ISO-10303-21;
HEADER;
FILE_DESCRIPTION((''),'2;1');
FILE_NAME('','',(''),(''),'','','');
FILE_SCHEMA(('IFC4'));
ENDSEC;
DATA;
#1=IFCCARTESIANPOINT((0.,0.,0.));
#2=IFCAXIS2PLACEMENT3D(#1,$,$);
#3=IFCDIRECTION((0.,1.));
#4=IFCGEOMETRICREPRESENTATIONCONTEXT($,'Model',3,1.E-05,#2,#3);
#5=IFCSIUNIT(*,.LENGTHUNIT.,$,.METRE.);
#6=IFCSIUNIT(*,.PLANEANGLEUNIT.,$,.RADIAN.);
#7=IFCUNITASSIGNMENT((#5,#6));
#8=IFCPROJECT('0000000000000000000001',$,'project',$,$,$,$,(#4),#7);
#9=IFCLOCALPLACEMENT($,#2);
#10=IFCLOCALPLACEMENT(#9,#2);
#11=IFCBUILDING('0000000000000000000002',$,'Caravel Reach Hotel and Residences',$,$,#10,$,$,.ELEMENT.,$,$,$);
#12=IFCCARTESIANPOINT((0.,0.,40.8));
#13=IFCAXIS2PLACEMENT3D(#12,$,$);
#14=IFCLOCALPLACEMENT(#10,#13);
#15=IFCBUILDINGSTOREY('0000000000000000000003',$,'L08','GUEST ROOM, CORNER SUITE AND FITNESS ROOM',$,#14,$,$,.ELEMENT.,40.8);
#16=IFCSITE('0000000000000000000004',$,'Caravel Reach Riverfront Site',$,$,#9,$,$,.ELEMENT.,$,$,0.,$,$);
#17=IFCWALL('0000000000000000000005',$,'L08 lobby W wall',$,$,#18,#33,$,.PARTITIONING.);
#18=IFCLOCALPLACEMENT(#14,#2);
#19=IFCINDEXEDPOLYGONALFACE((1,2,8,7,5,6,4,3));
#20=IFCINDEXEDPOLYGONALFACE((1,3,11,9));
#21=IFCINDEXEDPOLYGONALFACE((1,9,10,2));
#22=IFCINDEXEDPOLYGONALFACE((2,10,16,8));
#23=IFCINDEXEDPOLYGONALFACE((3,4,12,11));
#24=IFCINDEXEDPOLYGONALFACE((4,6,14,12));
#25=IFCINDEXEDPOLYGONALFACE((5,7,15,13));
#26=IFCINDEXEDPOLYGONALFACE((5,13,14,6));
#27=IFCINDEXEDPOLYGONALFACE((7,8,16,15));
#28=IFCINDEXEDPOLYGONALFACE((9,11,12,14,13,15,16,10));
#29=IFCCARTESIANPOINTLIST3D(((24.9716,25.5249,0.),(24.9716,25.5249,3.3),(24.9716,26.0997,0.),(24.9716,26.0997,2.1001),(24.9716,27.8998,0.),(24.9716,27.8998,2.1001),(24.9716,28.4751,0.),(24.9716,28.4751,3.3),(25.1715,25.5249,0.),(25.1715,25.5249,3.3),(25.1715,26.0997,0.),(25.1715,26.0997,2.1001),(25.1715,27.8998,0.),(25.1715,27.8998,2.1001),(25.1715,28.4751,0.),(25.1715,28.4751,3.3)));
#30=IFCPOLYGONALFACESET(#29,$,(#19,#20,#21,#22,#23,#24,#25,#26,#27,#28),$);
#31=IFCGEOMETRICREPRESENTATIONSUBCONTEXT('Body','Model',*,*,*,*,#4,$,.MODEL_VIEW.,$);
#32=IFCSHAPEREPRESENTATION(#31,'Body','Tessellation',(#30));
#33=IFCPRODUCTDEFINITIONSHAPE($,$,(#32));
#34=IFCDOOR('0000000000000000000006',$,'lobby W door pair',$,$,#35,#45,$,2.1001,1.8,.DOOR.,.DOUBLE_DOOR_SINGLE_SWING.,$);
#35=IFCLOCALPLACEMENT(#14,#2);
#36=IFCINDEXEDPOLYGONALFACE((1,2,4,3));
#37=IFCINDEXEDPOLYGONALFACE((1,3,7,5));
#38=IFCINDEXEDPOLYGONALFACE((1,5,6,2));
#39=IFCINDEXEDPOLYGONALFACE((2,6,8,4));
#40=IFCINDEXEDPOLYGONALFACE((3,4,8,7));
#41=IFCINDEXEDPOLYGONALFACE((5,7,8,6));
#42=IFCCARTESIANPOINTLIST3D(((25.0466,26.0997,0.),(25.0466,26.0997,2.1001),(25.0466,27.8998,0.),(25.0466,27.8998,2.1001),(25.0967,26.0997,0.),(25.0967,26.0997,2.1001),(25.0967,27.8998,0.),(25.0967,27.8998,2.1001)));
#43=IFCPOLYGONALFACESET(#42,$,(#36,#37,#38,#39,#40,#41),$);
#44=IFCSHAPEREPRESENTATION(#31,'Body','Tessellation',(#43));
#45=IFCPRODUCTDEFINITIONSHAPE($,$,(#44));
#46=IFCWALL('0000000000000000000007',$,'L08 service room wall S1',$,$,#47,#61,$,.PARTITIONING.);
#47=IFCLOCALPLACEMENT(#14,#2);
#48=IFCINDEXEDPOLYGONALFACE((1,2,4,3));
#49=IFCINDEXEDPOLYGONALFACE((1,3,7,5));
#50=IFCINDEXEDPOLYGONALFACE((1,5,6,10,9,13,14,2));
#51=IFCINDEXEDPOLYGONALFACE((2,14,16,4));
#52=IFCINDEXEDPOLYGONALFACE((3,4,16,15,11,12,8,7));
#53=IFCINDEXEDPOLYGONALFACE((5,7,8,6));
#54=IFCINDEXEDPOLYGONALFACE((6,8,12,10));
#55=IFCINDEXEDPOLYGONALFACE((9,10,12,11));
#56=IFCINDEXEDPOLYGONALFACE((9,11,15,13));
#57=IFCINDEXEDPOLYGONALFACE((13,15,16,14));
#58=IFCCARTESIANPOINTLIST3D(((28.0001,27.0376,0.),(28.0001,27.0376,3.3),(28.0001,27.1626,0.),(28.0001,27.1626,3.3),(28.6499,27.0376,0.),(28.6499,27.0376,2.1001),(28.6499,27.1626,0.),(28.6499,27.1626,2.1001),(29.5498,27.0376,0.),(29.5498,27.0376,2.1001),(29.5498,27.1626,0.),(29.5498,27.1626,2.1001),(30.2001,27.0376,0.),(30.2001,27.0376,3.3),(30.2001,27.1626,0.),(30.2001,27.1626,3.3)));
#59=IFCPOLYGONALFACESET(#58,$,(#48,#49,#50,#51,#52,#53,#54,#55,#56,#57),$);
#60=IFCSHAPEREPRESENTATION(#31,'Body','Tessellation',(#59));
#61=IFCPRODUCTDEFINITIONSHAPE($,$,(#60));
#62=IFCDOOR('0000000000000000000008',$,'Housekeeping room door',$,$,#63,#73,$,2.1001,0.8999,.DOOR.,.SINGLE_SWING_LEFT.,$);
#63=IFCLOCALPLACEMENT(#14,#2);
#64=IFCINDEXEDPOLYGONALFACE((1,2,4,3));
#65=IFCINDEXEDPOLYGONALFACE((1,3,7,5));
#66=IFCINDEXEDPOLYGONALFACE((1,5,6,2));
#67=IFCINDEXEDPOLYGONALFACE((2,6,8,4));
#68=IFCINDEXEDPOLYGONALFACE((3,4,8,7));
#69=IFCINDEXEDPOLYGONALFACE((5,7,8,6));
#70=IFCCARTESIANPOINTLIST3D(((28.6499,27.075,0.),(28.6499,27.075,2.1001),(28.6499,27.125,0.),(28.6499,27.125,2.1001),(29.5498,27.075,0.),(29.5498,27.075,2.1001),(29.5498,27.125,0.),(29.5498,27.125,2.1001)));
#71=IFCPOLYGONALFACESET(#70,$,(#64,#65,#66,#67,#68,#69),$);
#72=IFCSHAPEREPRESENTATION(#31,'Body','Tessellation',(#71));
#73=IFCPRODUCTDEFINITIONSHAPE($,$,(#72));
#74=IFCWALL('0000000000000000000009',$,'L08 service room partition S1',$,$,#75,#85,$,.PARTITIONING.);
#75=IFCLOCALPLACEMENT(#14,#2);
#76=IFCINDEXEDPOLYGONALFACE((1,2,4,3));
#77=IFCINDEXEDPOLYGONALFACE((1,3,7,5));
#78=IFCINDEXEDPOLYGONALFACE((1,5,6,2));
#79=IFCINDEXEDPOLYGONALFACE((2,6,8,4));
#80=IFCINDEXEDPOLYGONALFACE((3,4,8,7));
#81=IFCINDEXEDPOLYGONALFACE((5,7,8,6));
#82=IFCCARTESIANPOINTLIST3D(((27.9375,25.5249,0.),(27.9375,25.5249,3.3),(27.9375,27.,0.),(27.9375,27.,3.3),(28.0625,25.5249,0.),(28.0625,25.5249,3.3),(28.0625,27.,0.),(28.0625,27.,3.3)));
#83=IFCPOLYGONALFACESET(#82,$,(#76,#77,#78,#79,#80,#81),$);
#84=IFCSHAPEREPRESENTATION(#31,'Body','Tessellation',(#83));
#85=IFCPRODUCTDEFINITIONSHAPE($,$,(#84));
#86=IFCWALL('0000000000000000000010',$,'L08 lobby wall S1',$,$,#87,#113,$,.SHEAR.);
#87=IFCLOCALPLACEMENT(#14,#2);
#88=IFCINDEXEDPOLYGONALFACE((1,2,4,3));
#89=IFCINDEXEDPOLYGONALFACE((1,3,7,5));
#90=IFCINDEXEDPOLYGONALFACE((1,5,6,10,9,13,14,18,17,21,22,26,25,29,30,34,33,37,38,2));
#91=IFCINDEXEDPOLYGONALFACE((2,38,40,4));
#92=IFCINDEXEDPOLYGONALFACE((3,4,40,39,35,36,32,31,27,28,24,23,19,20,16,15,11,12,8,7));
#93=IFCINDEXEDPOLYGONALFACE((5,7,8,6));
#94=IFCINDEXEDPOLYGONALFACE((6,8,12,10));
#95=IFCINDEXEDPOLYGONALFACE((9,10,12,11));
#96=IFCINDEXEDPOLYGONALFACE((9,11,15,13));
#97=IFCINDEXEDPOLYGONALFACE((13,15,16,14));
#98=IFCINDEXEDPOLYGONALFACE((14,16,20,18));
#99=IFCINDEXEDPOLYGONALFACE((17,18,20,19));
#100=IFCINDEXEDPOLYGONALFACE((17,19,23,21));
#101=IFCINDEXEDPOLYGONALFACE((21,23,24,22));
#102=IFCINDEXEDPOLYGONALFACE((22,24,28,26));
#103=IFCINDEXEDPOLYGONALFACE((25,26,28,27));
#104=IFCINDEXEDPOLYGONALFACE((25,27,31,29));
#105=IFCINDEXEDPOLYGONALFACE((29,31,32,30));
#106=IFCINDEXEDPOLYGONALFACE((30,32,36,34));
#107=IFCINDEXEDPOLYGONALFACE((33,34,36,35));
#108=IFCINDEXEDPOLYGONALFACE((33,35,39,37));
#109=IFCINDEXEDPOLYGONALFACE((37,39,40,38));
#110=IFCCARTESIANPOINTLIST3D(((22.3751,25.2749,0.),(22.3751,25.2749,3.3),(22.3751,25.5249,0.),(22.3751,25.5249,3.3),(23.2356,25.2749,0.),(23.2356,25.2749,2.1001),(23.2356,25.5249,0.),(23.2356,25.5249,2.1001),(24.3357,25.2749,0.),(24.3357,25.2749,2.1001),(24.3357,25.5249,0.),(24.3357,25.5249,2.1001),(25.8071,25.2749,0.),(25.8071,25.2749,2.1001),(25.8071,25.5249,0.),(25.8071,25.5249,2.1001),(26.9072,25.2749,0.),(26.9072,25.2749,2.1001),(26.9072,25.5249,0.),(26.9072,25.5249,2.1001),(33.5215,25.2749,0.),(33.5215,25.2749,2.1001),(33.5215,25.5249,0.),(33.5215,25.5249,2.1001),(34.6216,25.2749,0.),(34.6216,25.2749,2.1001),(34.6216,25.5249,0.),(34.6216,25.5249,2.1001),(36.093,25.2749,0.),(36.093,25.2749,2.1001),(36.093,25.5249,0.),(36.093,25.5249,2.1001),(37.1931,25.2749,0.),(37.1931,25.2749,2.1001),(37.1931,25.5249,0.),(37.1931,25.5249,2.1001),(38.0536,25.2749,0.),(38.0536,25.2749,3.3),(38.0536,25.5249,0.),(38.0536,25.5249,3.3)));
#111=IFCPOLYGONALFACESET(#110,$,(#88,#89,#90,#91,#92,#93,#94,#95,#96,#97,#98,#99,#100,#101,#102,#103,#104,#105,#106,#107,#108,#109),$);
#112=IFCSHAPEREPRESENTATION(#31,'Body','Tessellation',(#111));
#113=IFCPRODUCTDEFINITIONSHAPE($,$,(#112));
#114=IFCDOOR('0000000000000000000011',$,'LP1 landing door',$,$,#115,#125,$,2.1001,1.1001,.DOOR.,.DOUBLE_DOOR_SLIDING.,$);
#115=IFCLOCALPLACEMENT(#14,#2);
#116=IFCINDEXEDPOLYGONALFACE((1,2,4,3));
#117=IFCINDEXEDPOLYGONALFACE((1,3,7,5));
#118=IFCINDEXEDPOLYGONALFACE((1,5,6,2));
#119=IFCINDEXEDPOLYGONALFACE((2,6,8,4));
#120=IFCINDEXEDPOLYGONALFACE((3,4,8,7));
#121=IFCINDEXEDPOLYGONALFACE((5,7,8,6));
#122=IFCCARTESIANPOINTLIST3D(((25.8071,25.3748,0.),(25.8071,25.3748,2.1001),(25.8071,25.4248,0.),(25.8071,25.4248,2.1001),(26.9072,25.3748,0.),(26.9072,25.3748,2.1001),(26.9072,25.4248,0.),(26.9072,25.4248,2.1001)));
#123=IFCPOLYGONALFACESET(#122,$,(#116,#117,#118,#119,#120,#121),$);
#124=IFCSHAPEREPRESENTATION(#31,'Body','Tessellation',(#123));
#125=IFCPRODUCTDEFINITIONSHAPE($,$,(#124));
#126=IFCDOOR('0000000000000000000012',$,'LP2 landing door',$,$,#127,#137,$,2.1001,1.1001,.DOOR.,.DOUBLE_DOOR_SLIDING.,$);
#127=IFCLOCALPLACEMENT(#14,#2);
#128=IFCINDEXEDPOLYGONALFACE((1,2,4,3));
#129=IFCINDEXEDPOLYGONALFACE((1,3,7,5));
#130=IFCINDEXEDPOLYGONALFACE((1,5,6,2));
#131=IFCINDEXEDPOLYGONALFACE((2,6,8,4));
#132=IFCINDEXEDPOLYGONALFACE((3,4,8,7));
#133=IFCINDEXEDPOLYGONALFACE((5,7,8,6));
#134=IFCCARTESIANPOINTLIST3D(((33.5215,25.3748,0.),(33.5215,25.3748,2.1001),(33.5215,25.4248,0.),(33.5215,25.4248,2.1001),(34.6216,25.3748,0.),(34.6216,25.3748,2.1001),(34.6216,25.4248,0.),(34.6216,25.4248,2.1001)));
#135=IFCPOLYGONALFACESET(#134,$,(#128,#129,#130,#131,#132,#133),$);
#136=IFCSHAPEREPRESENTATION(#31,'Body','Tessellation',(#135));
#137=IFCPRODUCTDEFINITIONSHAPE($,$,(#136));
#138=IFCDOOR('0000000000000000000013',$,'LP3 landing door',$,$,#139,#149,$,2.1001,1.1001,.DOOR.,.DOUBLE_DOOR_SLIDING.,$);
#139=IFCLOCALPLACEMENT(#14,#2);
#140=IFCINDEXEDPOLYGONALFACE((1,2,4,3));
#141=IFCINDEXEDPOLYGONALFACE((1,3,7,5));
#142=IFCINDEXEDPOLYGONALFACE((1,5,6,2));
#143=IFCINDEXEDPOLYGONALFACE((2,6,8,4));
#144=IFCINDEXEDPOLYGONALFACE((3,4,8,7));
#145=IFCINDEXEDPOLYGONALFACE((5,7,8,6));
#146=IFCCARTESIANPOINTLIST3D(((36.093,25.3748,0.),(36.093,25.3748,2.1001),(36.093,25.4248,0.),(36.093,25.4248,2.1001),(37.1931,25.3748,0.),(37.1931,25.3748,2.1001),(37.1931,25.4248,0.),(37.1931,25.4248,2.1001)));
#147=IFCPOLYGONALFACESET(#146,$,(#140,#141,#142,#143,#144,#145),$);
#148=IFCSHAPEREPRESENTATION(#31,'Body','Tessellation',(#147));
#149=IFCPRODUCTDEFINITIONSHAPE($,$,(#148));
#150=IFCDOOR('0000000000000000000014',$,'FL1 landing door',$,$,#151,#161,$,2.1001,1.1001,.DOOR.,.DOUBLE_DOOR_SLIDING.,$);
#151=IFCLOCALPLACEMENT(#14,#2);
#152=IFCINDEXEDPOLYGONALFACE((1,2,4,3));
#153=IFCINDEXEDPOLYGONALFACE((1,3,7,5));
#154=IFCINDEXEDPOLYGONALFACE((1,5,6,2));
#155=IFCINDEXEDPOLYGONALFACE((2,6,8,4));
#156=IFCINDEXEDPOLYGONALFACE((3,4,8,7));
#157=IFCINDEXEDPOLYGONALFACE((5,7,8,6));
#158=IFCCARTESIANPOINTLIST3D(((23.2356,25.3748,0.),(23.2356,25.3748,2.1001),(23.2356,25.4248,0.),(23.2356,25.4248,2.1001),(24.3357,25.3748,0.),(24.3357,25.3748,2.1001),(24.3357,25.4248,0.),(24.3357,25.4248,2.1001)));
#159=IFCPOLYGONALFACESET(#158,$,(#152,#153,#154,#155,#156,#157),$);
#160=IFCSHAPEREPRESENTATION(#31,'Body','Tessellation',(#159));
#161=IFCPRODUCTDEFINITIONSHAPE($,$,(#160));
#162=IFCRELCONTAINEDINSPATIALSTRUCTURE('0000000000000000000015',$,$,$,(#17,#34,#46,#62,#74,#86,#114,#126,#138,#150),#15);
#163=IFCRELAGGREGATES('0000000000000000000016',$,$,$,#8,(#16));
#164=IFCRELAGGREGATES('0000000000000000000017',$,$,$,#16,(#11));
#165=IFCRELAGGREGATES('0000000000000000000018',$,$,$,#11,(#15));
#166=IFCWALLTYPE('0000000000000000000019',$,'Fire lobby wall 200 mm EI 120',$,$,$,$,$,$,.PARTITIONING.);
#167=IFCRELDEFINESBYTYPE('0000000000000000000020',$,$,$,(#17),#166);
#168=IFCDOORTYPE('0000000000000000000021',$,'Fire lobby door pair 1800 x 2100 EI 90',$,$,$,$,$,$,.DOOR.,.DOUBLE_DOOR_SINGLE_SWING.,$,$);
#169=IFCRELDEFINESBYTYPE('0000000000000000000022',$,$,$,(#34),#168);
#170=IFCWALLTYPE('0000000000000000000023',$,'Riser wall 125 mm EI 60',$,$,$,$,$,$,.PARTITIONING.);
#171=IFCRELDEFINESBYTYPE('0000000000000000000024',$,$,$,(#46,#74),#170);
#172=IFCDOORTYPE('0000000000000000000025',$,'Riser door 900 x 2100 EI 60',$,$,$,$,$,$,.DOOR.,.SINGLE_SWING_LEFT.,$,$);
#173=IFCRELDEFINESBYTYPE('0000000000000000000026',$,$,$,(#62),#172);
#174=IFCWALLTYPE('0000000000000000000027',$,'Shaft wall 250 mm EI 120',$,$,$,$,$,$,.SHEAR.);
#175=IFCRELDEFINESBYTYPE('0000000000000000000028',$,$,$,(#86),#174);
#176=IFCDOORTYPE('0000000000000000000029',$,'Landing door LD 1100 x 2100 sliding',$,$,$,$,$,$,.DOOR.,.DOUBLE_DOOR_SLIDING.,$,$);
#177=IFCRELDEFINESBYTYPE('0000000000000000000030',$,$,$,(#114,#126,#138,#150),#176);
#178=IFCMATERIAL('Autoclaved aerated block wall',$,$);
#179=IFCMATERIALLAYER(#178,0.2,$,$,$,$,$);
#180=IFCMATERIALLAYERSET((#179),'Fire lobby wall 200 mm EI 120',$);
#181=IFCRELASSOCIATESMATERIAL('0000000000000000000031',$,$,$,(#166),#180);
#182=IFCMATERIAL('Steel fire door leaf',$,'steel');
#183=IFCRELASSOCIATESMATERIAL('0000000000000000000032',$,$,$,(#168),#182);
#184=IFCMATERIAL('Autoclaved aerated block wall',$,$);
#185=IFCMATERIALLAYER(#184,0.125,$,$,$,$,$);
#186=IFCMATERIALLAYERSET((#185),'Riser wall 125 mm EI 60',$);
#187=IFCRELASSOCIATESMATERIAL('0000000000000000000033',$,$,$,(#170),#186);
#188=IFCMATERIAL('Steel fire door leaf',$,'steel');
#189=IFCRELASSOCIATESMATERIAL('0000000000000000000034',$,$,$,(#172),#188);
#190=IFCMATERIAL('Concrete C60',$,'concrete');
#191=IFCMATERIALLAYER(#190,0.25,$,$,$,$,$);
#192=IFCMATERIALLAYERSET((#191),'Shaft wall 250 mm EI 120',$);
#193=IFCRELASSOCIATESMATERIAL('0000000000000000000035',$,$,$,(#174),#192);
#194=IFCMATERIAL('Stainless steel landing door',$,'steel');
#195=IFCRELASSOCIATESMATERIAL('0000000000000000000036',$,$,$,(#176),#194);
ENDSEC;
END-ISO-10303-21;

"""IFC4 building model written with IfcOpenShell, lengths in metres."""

from ifc_helpers import new_model, si_unit, direction, frame, frame_2d, origin, place, context, subcontext, project, spatial, rectangle, extrude, material, layer, layer_set, type_object, element, fill, save


model = new_model("IFC4")

# Units and contexts
model_context = context("Model", 3, precision=1e-05, world=origin(), true_north=direction((0.0, 1.0)))
body_context = subcontext(model_context, "Body", "Model", "MODEL_VIEW")
ifc_project = project(units=[si_unit("LENGTHUNIT", "METRE"), si_unit("PLANEANGLEUNIT", "RADIAN")], contexts=[model_context])

# Site, building, storey
site_placement = place(None, origin())
site = spatial("IfcSite", under=ifc_project, at=site_placement, Name="Caravel Reach Riverfront Site", CompositionType="ELEMENT", RefElevation=0.0)
building_placement = place(site_placement, origin())
building = spatial("IfcBuilding", under=site, at=building_placement, Name="Caravel Reach Hotel and Residences", CompositionType="ELEMENT")
storey_placement = place(building_placement, frame((0.0, 0.0, 40.8)))
storey = spatial("IfcBuildingStorey", under=building, at=storey_placement, Name="L08", Description="GUEST ROOM, CORNER SUITE AND FITNESS ROOM", CompositionType="ELEMENT", Elevation=40.8)

# Walls, openings, doors
ifc_material_1 = material(Name="Autoclaved aerated block wall")
ifc_layer_1 = layer(ifc_material_1, 0.2)
ifc_layer_set_1 = layer_set([ifc_layer_1], Name="Fire lobby wall 200 mm EI 120")
wall_type_1 = type_object("IfcWallType", Name="Fire lobby wall 200 mm EI 120", PredefinedType="PARTITIONING", material=ifc_layer_set_1)
wall_1_placement = place(storey_placement, frame((25.0715, 25.5249, 0.0), z_axis=(0.0, 0.0, 1.0), x_axis=(0.0, 1.0, 0.0)))
wall_1 = element("IfcWall", 1, at=wall_1_placement, inside=storey, type_object=wall_type_1, Name="L08 lobby W wall", PredefinedType="PARTITIONING", context=body_context, shape_type="SweptSolid", body=[
    extrude(rectangle(XDim=2.9502, YDim=0.2, at=frame_2d((1.4751, 0.0))), origin(), (0.0, 0.0, 1.0), 3.3),
])
opening_1_placement = place(wall_1_placement, frame((0.575, 0.0, 0.0)))
opening_1 = element("IfcOpeningElement", 2, at=opening_1_placement, cuts=wall_1, PredefinedType="OPENING", context=body_context, shape_type="SweptSolid", body=[
    extrude(rectangle(XDim=1.8, YDim=2.1001, at=frame_2d((0.8999, 1.05))), frame((0.0, 0.1099, 0.0), z_axis=(0.0, -1.0, 0.0), x_axis=(1.0, 0.0, 0.0)), (0.0, 0.0, 1.0), 0.22),
])
ifc_material_2 = material(Name="Steel fire door leaf", Category="steel")
door_type_1 = type_object("IfcDoorType", Name="Fire lobby door pair 1800 x 2100 EI 90", OperationType="DOUBLE_DOOR_SINGLE_SWING", PredefinedType="DOOR", material=ifc_material_2)
door_1_placement = place(opening_1_placement, origin())
door_1 = element("IfcDoor", 3, at=door_1_placement, inside=storey, type_object=door_type_1, Name="lobby W door pair", OperationType="DOUBLE_DOOR_SINGLE_SWING", OverallHeight=2.1001, OverallWidth=1.8, PredefinedType="DOOR", context=body_context, shape_type="SweptSolid", body=[
    extrude(rectangle(XDim=1.8, YDim=2.1001, at=frame_2d((0.8999, 1.05))), frame((0.0, 0.0249, 0.0), z_axis=(0.0, -1.0, 0.0), x_axis=(1.0, 0.0, 0.0)), (0.0, 0.0, 1.0), 0.05),
])
fill(opening_1, door_1)
ifc_material_3 = material(Name="Autoclaved aerated block wall")
ifc_layer_2 = layer(ifc_material_3, 0.125)
ifc_layer_set_2 = layer_set([ifc_layer_2], Name="Riser wall 125 mm EI 60")
wall_type_2 = type_object("IfcWallType", Name="Riser wall 125 mm EI 60", PredefinedType="PARTITIONING", material=ifc_layer_set_2)
wall_2_placement = place(storey_placement, frame((28.0, 27.1001, 0.0), z_axis=(0.0, 0.0, 1.0), x_axis=(1.0, 0.0, 0.0)))
wall_2 = element("IfcWall", 4, at=wall_2_placement, inside=storey, type_object=wall_type_2, Name="L08 service room wall S1", PredefinedType="PARTITIONING", context=body_context, shape_type="SweptSolid", body=[
    extrude(rectangle(XDim=2.2, YDim=0.125, at=frame_2d((1.1001, 0.0))), origin(), (0.0, 0.0, 1.0), 3.3),
])
opening_2_placement = place(wall_2_placement, frame((0.6499, 0.0, 0.0)))
opening_2 = element("IfcOpeningElement", 5, at=opening_2_placement, cuts=wall_2, PredefinedType="OPENING", context=body_context, shape_type="SweptSolid", body=[
    extrude(rectangle(XDim=0.8999, YDim=2.1001, at=frame_2d((0.45, 1.05))), frame((0.0, 0.0725, 0.0), z_axis=(0.0, -1.0, 0.0), x_axis=(1.0, 0.0, 0.0)), (0.0, 0.0, 1.0), 0.145),
])
ifc_material_4 = material(Name="Steel fire door leaf", Category="steel")
door_type_2 = type_object("IfcDoorType", Name="Riser door 900 x 2100 EI 60", OperationType="SINGLE_SWING_LEFT", PredefinedType="DOOR", material=ifc_material_4)
door_2_placement = place(opening_2_placement, origin())
door_2 = element("IfcDoor", 6, at=door_2_placement, inside=storey, type_object=door_type_2, Name="Housekeeping room door", OperationType="SINGLE_SWING_LEFT", OverallHeight=2.1001, OverallWidth=0.8999, PredefinedType="DOOR", context=body_context, shape_type="SweptSolid", body=[
    extrude(rectangle(XDim=0.8999, YDim=2.1001, at=frame_2d((0.45, 1.05))), frame((0.0, 0.0249, 0.0), z_axis=(0.0, -1.0, 0.0), x_axis=(1.0, 0.0, 0.0)), (0.0, 0.0, 1.0), 0.05),
])
fill(opening_2, door_2)

# Wall
wall_3_placement = place(storey_placement, frame((28.0, 25.5249, 0.0), z_axis=(0.0, 0.0, 1.0), x_axis=(0.0, 1.0, 0.0)))
element("IfcWall", 7, at=wall_3_placement, inside=storey, type_object=wall_type_2, Name="L08 service room partition S1", PredefinedType="PARTITIONING", context=body_context, shape_type="SweptSolid", body=[
    extrude(rectangle(XDim=1.4751, YDim=0.125, at=frame_2d((0.7375, 0.0))), origin(), (0.0, 0.0, 1.0), 3.3),
])

# Wall, openings, doors
ifc_material_5 = material(Name="Concrete C60", Category="concrete")
ifc_layer_3 = layer(ifc_material_5, 0.25)
ifc_layer_set_3 = layer_set([ifc_layer_3], Name="Shaft wall 250 mm EI 120")
wall_type_3 = type_object("IfcWallType", Name="Shaft wall 250 mm EI 120", PredefinedType="SHEAR", material=ifc_layer_set_3)
wall_4_placement = place(storey_placement, frame((22.375, 25.3999, 0.0), z_axis=(0.0, 0.0, 1.0), x_axis=(1.0, 0.0, 0.0)))
wall_4 = element("IfcWall", 8, at=wall_4_placement, inside=storey, type_object=wall_type_3, Name="L08 lobby wall S1", PredefinedType="SHEAR", context=body_context, shape_type="SweptSolid", body=[
    extrude(rectangle(XDim=15.6785, YDim=0.25, at=frame_2d((7.8394, 0.0))), origin(), (0.0, 0.0, 1.0), 3.3),
])
opening_3_placement = place(wall_4_placement, frame((3.4321, 0.0, 0.0)))
opening_3 = element("IfcOpeningElement", 9, at=opening_3_placement, cuts=wall_4, PredefinedType="OPENING", context=body_context, shape_type="SweptSolid", body=[
    extrude(rectangle(XDim=1.1001, YDim=2.1001, at=frame_2d((0.55, 1.05))), frame((0.0, 0.135, 0.0), z_axis=(0.0, -1.0, 0.0), x_axis=(1.0, 0.0, 0.0)), (0.0, 0.0, 1.0), 0.27),
])
opening_4_placement = place(wall_4_placement, frame((11.1465, 0.0, 0.0)))
opening_4 = element("IfcOpeningElement", 10, at=opening_4_placement, cuts=wall_4, PredefinedType="OPENING", context=body_context, shape_type="SweptSolid", body=[
    extrude(rectangle(XDim=1.1001, YDim=2.1001, at=frame_2d((0.55, 1.05))), frame((0.0, 0.135, 0.0), z_axis=(0.0, -1.0, 0.0), x_axis=(1.0, 0.0, 0.0)), (0.0, 0.0, 1.0), 0.27),
])
opening_5_placement = place(wall_4_placement, frame((13.718, 0.0, 0.0)))
opening_5 = element("IfcOpeningElement", 11, at=opening_5_placement, cuts=wall_4, PredefinedType="OPENING", context=body_context, shape_type="SweptSolid", body=[
    extrude(rectangle(XDim=1.1001, YDim=2.1001, at=frame_2d((0.55, 1.05))), frame((0.0, 0.135, 0.0), z_axis=(0.0, -1.0, 0.0), x_axis=(1.0, 0.0, 0.0)), (0.0, 0.0, 1.0), 0.27),
])
opening_6_placement = place(wall_4_placement, frame((0.8606, 0.0, 0.0)))
opening_6 = element("IfcOpeningElement", 12, at=opening_6_placement, cuts=wall_4, PredefinedType="OPENING", context=body_context, shape_type="SweptSolid", body=[
    extrude(rectangle(XDim=1.1001, YDim=2.1001, at=frame_2d((0.55, 1.05))), frame((0.0, 0.135, 0.0), z_axis=(0.0, -1.0, 0.0), x_axis=(1.0, 0.0, 0.0)), (0.0, 0.0, 1.0), 0.27),
])
ifc_material_6 = material(Name="Stainless steel landing door", Category="steel")
door_type_3 = type_object("IfcDoorType", Name="Landing door LD 1100 x 2100 sliding", OperationType="DOUBLE_DOOR_SLIDING", PredefinedType="DOOR", material=ifc_material_6)
door_3_placement = place(opening_3_placement, origin())
door_3 = element("IfcDoor", 13, at=door_3_placement, inside=storey, type_object=door_type_3, Name="LP1 landing door", OperationType="DOUBLE_DOOR_SLIDING", OverallHeight=2.1001, OverallWidth=1.1001, PredefinedType="DOOR", context=body_context, shape_type="SweptSolid", body=[
    extrude(rectangle(XDim=1.1001, YDim=2.1001, at=frame_2d((0.55, 1.05))), frame((0.0, 0.0249, 0.0), z_axis=(0.0, -1.0, 0.0), x_axis=(1.0, 0.0, 0.0)), (0.0, 0.0, 1.0), 0.05),
])
fill(opening_3, door_3)
door_4_placement = place(opening_4_placement, origin())
door_4 = element("IfcDoor", 14, at=door_4_placement, inside=storey, type_object=door_type_3, Name="LP2 landing door", OperationType="DOUBLE_DOOR_SLIDING", OverallHeight=2.1001, OverallWidth=1.1001, PredefinedType="DOOR", context=body_context, shape_type="SweptSolid", body=[
    extrude(rectangle(XDim=1.1001, YDim=2.1001, at=frame_2d((0.55, 1.05))), frame((0.0, 0.0249, 0.0), z_axis=(0.0, -1.0, 0.0), x_axis=(1.0, 0.0, 0.0)), (0.0, 0.0, 1.0), 0.05),
])
fill(opening_4, door_4)
door_5_placement = place(opening_5_placement, origin())
door_5 = element("IfcDoor", 15, at=door_5_placement, inside=storey, type_object=door_type_3, Name="LP3 landing door", OperationType="DOUBLE_DOOR_SLIDING", OverallHeight=2.1001, OverallWidth=1.1001, PredefinedType="DOOR", context=body_context, shape_type="SweptSolid", body=[
    extrude(rectangle(XDim=1.1001, YDim=2.1001, at=frame_2d((0.55, 1.05))), frame((0.0, 0.0249, 0.0), z_axis=(0.0, -1.0, 0.0), x_axis=(1.0, 0.0, 0.0)), (0.0, 0.0, 1.0), 0.05),
])
fill(opening_5, door_5)
door_6_placement = place(opening_6_placement, origin())
door_6 = element("IfcDoor", 16, at=door_6_placement, inside=storey, type_object=door_type_3, Name="FL1 landing door", OperationType="DOUBLE_DOOR_SLIDING", OverallHeight=2.1001, OverallWidth=1.1001, PredefinedType="DOOR", context=body_context, shape_type="SweptSolid", body=[
    extrude(rectangle(XDim=1.1001, YDim=2.1001, at=frame_2d((0.55, 1.05))), frame((0.0, 0.0249, 0.0), z_axis=(0.0, -1.0, 0.0), x_axis=(1.0, 0.0, 0.0)), (0.0, 0.0, 1.0), 0.05),
])
fill(opening_6, door_6)

save(model, "model.ifc")
